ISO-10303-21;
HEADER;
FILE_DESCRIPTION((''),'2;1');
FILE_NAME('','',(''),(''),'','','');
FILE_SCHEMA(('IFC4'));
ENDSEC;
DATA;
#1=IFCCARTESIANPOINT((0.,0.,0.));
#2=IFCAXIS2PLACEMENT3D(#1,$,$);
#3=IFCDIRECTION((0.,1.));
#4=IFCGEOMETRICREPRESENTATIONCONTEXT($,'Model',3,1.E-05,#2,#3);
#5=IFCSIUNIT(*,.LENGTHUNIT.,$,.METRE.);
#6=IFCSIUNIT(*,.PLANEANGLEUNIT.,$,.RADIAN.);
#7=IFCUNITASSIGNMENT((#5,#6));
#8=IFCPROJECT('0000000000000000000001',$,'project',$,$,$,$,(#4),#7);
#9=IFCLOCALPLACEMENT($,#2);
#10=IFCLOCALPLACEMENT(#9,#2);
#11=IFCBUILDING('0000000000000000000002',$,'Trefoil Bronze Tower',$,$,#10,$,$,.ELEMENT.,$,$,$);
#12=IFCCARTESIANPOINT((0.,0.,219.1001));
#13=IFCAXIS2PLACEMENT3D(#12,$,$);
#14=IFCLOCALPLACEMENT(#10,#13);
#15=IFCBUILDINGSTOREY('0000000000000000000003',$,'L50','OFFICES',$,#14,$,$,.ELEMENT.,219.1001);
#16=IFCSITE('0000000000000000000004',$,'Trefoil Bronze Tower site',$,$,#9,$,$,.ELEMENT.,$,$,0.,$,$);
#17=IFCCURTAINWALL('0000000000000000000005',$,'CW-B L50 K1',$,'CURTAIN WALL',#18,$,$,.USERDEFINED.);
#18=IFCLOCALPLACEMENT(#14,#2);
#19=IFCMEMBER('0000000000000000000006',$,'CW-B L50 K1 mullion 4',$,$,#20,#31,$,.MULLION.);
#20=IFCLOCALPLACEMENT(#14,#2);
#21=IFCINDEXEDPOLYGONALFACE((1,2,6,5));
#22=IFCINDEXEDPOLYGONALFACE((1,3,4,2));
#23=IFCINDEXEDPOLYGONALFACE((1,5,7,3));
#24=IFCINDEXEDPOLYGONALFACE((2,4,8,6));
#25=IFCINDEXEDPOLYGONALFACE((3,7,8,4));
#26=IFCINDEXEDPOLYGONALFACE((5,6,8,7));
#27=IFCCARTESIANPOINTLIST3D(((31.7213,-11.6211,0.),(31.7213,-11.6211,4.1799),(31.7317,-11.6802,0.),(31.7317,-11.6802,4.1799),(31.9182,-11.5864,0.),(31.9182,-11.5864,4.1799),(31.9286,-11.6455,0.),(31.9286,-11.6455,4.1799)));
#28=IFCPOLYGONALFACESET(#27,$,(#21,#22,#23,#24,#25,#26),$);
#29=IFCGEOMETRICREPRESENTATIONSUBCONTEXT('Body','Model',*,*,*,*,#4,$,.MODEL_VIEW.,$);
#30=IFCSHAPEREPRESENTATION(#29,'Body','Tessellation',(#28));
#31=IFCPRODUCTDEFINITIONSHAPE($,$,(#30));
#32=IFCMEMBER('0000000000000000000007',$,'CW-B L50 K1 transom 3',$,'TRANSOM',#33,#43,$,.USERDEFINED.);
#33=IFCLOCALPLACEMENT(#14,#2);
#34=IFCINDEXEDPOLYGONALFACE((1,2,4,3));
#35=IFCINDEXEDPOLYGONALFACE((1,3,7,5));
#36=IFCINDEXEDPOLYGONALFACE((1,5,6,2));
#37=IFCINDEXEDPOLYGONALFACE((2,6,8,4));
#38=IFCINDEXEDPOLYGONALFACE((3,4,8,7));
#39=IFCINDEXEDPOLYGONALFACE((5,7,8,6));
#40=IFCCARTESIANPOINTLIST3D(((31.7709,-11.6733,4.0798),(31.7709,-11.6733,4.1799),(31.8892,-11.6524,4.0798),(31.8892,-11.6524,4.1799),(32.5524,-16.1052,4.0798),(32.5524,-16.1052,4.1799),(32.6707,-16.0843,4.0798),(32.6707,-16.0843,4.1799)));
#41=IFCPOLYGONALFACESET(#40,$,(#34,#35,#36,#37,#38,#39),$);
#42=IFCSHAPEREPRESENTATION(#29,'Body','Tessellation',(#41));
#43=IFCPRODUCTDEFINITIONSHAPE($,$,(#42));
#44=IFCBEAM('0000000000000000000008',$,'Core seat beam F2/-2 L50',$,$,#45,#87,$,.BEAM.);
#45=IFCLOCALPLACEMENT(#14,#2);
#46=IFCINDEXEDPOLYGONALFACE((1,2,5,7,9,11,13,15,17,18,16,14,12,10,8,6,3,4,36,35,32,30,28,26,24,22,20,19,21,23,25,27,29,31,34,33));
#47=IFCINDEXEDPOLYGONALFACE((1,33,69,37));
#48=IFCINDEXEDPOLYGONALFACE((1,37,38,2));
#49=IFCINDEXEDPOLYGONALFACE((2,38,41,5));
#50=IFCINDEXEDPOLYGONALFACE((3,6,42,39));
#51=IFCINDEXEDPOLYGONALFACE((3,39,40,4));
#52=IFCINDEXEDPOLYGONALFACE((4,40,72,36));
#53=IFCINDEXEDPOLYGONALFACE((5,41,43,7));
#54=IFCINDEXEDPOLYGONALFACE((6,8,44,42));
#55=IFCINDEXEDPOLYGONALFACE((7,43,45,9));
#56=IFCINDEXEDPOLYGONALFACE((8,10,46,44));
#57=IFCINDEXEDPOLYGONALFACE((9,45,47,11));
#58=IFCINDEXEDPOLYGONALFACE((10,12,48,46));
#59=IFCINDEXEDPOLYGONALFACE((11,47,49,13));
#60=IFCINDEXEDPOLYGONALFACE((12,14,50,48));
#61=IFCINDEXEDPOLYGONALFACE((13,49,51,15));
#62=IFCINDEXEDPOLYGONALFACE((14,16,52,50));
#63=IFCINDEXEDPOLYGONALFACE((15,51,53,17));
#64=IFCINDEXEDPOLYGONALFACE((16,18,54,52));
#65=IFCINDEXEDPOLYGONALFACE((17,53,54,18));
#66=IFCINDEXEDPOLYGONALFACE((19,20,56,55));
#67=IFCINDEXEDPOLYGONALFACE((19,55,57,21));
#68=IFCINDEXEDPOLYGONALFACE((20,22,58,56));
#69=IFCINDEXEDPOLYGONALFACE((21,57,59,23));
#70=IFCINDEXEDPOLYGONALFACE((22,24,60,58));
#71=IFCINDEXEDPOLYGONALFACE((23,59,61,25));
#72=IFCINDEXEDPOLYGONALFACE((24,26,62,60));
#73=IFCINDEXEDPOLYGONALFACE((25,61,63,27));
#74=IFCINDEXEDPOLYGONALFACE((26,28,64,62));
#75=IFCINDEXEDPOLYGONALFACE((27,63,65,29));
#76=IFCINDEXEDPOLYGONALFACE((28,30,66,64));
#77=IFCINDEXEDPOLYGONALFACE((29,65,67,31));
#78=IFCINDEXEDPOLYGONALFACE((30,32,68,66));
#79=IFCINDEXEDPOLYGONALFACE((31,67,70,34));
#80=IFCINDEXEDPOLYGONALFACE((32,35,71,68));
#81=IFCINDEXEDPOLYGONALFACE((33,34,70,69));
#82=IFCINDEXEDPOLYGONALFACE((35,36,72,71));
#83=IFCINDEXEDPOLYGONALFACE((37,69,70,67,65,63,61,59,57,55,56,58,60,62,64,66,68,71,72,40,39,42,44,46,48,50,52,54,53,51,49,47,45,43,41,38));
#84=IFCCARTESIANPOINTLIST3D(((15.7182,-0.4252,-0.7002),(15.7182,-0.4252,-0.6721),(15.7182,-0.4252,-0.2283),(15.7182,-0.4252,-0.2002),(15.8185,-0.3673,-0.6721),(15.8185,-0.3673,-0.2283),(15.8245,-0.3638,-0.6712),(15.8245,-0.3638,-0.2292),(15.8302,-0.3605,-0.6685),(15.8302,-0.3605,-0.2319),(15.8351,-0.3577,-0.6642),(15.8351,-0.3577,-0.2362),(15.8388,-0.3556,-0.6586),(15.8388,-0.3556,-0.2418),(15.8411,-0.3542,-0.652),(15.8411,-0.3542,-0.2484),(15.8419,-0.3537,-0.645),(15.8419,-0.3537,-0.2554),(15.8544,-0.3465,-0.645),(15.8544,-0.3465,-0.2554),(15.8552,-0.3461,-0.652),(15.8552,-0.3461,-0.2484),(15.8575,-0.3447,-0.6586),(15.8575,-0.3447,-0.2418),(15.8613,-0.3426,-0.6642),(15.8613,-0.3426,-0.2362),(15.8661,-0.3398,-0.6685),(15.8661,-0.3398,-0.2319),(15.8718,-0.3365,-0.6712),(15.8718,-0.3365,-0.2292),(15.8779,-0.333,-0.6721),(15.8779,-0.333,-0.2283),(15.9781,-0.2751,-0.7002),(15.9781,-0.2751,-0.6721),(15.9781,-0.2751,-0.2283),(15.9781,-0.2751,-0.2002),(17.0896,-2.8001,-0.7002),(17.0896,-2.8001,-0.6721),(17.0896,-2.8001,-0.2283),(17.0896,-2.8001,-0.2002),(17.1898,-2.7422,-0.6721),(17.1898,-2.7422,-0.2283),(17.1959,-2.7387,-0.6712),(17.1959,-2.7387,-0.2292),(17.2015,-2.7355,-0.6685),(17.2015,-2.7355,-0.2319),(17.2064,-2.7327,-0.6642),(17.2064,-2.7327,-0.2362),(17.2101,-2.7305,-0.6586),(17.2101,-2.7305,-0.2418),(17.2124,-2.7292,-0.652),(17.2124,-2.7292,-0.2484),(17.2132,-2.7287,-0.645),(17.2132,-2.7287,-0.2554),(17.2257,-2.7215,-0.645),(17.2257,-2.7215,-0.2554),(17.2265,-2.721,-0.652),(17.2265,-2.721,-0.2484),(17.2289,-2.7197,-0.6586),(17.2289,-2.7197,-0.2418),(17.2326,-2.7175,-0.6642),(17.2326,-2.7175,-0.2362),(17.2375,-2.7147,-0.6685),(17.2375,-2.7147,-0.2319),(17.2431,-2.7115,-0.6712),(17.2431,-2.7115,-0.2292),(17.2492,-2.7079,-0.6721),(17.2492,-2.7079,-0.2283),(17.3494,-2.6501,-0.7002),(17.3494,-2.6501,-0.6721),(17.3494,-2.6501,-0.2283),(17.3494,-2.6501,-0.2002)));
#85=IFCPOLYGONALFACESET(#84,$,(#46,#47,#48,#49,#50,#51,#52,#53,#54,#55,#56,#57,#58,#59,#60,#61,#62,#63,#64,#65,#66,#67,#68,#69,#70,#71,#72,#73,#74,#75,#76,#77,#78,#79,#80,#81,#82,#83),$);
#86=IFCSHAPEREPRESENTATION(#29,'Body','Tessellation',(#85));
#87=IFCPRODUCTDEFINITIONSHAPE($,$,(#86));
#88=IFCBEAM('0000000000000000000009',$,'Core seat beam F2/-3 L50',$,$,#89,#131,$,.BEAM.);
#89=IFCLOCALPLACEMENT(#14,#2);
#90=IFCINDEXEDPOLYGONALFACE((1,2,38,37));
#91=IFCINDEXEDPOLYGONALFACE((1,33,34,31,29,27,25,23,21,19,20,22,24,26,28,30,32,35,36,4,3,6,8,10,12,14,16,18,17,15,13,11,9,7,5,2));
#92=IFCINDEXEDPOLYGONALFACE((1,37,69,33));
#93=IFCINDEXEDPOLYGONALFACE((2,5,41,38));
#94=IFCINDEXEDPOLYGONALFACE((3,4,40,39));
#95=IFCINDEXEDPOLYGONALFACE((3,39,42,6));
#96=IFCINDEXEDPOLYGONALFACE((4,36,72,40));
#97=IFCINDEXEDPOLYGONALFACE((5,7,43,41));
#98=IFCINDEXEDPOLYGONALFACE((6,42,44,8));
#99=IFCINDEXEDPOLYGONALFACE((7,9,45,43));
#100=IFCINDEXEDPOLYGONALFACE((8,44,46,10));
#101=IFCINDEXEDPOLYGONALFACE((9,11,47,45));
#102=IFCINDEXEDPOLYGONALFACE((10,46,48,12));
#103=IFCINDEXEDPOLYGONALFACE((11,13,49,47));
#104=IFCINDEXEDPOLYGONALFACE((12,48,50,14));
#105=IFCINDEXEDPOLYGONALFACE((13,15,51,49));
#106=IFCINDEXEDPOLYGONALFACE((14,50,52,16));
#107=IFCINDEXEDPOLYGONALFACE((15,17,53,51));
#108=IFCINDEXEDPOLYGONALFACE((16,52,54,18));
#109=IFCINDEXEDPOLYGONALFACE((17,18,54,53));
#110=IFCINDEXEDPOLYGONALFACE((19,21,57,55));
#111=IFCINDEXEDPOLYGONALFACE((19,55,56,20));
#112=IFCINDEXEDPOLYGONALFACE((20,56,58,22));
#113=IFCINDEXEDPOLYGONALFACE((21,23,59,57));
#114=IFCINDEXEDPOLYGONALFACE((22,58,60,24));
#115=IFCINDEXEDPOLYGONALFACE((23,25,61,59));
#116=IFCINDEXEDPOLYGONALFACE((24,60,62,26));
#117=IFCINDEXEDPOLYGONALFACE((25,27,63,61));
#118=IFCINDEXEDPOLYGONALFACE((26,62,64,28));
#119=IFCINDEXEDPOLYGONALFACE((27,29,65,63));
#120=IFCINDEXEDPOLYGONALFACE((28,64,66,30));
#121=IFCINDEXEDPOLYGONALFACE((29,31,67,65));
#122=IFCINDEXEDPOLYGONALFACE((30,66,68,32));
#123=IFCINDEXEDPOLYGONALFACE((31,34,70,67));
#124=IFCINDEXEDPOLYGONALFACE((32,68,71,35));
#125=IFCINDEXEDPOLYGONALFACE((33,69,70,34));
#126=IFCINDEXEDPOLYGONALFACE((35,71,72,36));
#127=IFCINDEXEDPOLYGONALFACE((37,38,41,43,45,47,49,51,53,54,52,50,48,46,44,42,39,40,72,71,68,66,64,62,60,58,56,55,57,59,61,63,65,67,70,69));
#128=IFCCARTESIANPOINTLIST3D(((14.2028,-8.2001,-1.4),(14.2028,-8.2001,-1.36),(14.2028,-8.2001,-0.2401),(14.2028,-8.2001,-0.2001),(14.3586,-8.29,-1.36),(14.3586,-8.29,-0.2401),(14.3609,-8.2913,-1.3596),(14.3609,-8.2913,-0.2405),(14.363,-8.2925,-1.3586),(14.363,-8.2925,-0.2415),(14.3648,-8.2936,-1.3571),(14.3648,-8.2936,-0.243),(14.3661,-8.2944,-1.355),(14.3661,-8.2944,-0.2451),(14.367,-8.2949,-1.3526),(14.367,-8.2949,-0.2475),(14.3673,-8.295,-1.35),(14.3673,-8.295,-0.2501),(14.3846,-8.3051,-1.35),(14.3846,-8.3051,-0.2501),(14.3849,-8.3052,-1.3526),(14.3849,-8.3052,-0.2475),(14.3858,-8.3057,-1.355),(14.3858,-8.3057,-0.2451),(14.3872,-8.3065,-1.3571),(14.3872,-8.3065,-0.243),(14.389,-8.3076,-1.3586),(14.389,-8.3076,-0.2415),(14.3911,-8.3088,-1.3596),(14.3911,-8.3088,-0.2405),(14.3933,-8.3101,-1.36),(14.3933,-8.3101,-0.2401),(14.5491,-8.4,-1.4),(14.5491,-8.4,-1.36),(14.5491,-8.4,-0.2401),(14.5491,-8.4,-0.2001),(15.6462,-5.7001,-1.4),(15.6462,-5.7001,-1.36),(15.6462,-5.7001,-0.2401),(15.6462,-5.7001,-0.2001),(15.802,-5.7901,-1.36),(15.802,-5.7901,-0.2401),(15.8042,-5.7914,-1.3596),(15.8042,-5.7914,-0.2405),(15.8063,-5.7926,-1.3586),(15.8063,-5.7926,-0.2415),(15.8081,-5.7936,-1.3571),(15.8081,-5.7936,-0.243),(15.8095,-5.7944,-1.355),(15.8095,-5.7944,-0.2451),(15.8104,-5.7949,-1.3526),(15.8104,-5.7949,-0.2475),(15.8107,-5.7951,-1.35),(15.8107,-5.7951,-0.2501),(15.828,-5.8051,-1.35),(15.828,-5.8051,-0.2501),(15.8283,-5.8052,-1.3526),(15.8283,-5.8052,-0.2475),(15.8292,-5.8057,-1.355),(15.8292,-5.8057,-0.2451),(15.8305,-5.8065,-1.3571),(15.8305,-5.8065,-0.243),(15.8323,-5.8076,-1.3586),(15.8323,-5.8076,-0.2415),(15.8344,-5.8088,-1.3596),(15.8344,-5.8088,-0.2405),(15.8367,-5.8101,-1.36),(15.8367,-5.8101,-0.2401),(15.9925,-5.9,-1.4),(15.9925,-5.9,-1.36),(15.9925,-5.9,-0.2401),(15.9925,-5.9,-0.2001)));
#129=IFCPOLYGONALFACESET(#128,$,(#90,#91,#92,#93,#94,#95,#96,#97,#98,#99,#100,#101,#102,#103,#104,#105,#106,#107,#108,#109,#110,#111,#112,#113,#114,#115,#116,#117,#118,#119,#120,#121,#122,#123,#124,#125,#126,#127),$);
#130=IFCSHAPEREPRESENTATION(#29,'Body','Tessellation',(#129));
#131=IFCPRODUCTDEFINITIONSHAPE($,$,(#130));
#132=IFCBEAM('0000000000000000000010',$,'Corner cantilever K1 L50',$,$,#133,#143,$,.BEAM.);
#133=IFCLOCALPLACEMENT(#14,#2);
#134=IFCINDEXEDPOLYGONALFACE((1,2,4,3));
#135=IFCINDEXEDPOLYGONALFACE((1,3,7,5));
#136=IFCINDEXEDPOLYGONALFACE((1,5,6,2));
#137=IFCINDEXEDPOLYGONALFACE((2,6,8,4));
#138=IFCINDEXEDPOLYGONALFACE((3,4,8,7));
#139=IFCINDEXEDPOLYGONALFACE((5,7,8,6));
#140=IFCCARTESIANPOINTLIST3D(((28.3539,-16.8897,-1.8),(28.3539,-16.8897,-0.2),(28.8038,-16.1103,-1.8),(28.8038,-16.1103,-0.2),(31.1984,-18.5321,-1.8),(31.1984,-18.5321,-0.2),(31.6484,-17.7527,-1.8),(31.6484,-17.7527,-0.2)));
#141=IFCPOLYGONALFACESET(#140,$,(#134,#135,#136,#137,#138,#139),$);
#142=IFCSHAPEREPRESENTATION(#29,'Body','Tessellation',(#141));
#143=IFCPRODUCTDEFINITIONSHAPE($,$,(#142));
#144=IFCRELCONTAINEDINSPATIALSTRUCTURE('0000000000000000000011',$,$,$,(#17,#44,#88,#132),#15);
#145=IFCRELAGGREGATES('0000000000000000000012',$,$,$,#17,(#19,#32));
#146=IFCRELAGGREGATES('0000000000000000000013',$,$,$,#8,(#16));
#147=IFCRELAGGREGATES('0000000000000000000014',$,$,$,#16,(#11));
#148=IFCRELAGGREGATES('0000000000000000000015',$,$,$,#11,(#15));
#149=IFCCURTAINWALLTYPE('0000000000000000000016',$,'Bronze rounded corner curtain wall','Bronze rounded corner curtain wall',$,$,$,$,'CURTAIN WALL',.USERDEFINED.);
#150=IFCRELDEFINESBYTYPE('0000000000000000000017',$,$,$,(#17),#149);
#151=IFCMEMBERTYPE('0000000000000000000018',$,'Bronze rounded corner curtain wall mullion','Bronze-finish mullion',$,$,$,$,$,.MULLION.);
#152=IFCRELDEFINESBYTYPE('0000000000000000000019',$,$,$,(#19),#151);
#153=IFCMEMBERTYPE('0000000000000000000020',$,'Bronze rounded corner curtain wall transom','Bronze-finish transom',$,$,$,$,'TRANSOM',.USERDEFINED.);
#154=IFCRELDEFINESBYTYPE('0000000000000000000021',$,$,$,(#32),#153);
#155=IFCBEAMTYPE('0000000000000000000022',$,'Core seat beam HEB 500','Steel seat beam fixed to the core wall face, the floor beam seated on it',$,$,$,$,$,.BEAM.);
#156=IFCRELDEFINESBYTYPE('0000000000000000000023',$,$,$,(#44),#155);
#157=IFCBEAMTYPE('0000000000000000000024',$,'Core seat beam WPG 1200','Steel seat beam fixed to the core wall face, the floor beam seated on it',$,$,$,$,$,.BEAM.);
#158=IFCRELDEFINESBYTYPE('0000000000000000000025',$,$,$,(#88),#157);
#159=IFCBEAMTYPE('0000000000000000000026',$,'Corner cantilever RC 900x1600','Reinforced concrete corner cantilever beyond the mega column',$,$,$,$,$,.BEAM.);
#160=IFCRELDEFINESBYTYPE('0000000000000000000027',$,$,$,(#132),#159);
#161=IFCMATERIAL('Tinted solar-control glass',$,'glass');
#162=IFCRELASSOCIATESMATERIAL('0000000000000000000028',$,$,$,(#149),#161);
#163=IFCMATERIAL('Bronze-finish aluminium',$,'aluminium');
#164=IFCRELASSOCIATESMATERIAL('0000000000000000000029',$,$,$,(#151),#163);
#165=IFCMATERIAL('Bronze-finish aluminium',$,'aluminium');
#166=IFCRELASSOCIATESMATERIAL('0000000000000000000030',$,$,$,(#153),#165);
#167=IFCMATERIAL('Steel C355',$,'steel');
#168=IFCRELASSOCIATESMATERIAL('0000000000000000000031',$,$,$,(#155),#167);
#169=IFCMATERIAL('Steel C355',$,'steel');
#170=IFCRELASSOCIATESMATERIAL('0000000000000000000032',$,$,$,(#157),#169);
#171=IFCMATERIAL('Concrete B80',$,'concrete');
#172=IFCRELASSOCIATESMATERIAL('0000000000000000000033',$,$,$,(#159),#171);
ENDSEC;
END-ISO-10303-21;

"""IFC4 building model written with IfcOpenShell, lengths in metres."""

from ifc_helpers import new_model, si_unit, direction, frame, origin, origin_2d, place, context, subcontext, project, spatial, rectangle, i_section, extrude, material, material_profile, profile_set, type_object, element, aggregate, save


model = new_model("IFC4")

# Units and contexts
model_context = context("Model", 3, precision=1e-05, world=origin(), true_north=direction((0.0, 1.0)))
body_context = subcontext(model_context, "Body", "Model", "MODEL_VIEW")
ifc_project = project(units=[si_unit("LENGTHUNIT", "METRE"), si_unit("PLANEANGLEUNIT", "RADIAN")], contexts=[model_context])

# Site, building, storey
site_placement = place(None, origin())
site = spatial("IfcSite", under=ifc_project, at=site_placement, Name="Trefoil Bronze Tower site", CompositionType="ELEMENT", RefElevation=0.0)
building_placement = place(site_placement, origin())
building = spatial("IfcBuilding", under=site, at=building_placement, Name="Trefoil Bronze Tower", CompositionType="ELEMENT")
storey_placement = place(building_placement, frame((0.0, 0.0, 219.1001)))
storey = spatial("IfcBuildingStorey", under=building, at=storey_placement, Name="L50", Description="OFFICES", CompositionType="ELEMENT", Elevation=219.1001)

# Curtain wall, members
ifc_material_1 = material(Name="Tinted solar-control glass", Category="glass")
curtain_wall_type_1 = type_object("IfcCurtainWallType", Name="Bronze rounded corner curtain wall", Description="Bronze rounded corner curtain wall", ElementType="CURTAIN WALL", PredefinedType="USERDEFINED", material=ifc_material_1)
curtain_wall_1_placement = place(storey_placement, origin())
curtain_wall_1 = element("IfcCurtainWall", 1, at=curtain_wall_1_placement, inside=storey, type_object=curtain_wall_type_1, Name="CW-B L50 K1", ObjectType="CURTAIN WALL", PredefinedType="USERDEFINED")
ifc_material_2 = material(Name="Bronze-finish aluminium", Category="aluminium")
ifc_material_profile_1 = material_profile(ifc_material_2, rectangle(XDim=0.2, YDim=0.0601, at=origin_2d()), Name="CW-B mullion")
ifc_profile_set_1 = profile_set([ifc_material_profile_1], Name="Bronze-finish aluminium")
member_type_1 = type_object("IfcMemberType", Name="Bronze rounded corner curtain wall mullion", Description="Bronze-finish mullion", PredefinedType="MULLION", material=ifc_profile_set_1)
member_1_placement = place(storey_placement, frame((31.825, -11.6333, 0.0), z_axis=(0.0, 0.0, 1.0), x_axis=(-0.984808, -0.173648, 0.0)))
member_1 = element("IfcMember", 2, at=member_1_placement, type_object=member_type_1, Name="CW-B L50 K1 mullion 4", PredefinedType="MULLION", context=body_context, shape_type="SweptSolid", body=[
    extrude(rectangle(XDim=0.2, YDim=0.0601, at=origin_2d()), origin(), (0.0, 0.0, 1.0), 4.1799),
])
ifc_material_3 = material(Name="Bronze-finish aluminium", Category="aluminium")
ifc_material_profile_2 = material_profile(ifc_material_3, rectangle(XDim=0.1201, YDim=0.1001, at=origin_2d()), Name="CW-B transom")
ifc_profile_set_2 = profile_set([ifc_material_profile_2], Name="Bronze-finish aluminium")
member_type_2 = type_object("IfcMemberType", Name="Bronze rounded corner curtain wall transom", Description="Bronze-finish transom", ElementType="TRANSOM", PredefinedType="USERDEFINED", material=ifc_profile_set_2)
member_2_placement = place(storey_placement, frame((32.6116, -16.0947, 4.1299), z_axis=(-0.173655, 0.984806, 0.0), x_axis=(-0.984806, -0.173655, 0.0)))
member_2 = element("IfcMember", 3, at=member_2_placement, type_object=member_type_2, Name="CW-B L50 K1 transom 3", ObjectType="TRANSOM", PredefinedType="USERDEFINED", context=body_context, shape_type="SweptSolid", body=[
    extrude(rectangle(XDim=0.1201, YDim=0.1001, at=origin_2d()), origin(), (0.0, 0.0, 1.0), 4.5002),
])

# Beams
ifc_material_4 = material(Name="Steel C355", Category="steel")
ifc_material_profile_3 = material_profile(ifc_material_4, i_section(OverallWidth=0.3, OverallDepth=0.5, WebThickness=0.0144, FlangeThickness=0.0281, FilletRadius=0.0271, at=origin_2d()), Name="HEB 500")
ifc_profile_set_3 = profile_set([ifc_material_profile_3], Name="Steel C355")
beam_type_1 = type_object("IfcBeamType", Name="Core seat beam HEB 500", Description="Steel seat beam fixed to the core wall face, the floor beam seated on it", PredefinedType="BEAM", material=ifc_profile_set_3)
beam_1_placement = place(storey_placement, frame((17.2195, -2.7251, -0.4502), z_axis=(-0.500036, 0.866005, 0.0), x_axis=(-0.866005, -0.500036, 0.0)))
element("IfcBeam", 4, at=beam_1_placement, inside=storey, type_object=beam_type_1, Name="Core seat beam F2/-2 L50", PredefinedType="BEAM", context=body_context, shape_type="SweptSolid", body=[
    extrude(i_section(OverallWidth=0.3, OverallDepth=0.5, WebThickness=0.0144, FlangeThickness=0.0281, FilletRadius=0.0271, at=origin_2d()), origin(), (0.0, 0.0, 1.0), 2.7424),
])
ifc_material_5 = material(Name="Steel C355", Category="steel")
ifc_material_profile_4 = material_profile(ifc_material_5, i_section(OverallWidth=0.3999, OverallDepth=1.2, WebThickness=0.02, FlangeThickness=0.04, FilletRadius=0.01, at=origin_2d()), Name="WPG 1200")
ifc_profile_set_4 = profile_set([ifc_material_profile_4], Name="Steel C355")
beam_type_2 = type_object("IfcBeamType", Name="Core seat beam WPG 1200", Description="Steel seat beam fixed to the core wall face, the floor beam seated on it", PredefinedType="BEAM", material=ifc_profile_set_4)
beam_2_placement = place(storey_placement, frame((14.376, -8.3, -0.8), z_axis=(0.499996, 0.866028, 0.0), x_axis=(-0.866028, 0.499996, 0.0)))
element("IfcBeam", 5, at=beam_2_placement, inside=storey, type_object=beam_type_2, Name="Core seat beam F2/-3 L50", PredefinedType="BEAM", context=body_context, shape_type="SweptSolid", body=[
    extrude(i_section(OverallWidth=0.3999, OverallDepth=1.2, WebThickness=0.02, FlangeThickness=0.04, FilletRadius=0.01, at=origin_2d()), origin(), (0.0, 0.0, 1.0), 2.8867),
])
ifc_material_6 = material(Name="Concrete B80", Category="concrete")
ifc_material_profile_5 = material_profile(ifc_material_6, rectangle(XDim=0.8999, YDim=1.6001, at=origin_2d()), Name="RC 900x1600")
ifc_profile_set_5 = profile_set([ifc_material_profile_5], Name="Concrete B80")
beam_type_3 = type_object("IfcBeamType", Name="Corner cantilever RC 900x1600", Description="Reinforced concrete corner cantilever beyond the mega column", PredefinedType="BEAM", material=ifc_profile_set_5)
beam_3_placement = place(storey_placement, frame((28.5789, -16.5, -1.0), z_axis=(0.866016, -0.500016, 0.0), x_axis=(0.500016, 0.866016, 0.0)))
element("IfcBeam", 6, at=beam_3_placement, inside=storey, type_object=beam_type_3, Name="Corner cantilever K1 L50", PredefinedType="BEAM", context=body_context, shape_type="SweptSolid", body=[
    extrude(rectangle(XDim=0.8999, YDim=1.6001, at=origin_2d()), origin(), (0.0, 0.0, 1.0), 3.2847),
])

aggregate(curtain_wall_1, [member_1, member_2])

save(model, "model.ifc")
